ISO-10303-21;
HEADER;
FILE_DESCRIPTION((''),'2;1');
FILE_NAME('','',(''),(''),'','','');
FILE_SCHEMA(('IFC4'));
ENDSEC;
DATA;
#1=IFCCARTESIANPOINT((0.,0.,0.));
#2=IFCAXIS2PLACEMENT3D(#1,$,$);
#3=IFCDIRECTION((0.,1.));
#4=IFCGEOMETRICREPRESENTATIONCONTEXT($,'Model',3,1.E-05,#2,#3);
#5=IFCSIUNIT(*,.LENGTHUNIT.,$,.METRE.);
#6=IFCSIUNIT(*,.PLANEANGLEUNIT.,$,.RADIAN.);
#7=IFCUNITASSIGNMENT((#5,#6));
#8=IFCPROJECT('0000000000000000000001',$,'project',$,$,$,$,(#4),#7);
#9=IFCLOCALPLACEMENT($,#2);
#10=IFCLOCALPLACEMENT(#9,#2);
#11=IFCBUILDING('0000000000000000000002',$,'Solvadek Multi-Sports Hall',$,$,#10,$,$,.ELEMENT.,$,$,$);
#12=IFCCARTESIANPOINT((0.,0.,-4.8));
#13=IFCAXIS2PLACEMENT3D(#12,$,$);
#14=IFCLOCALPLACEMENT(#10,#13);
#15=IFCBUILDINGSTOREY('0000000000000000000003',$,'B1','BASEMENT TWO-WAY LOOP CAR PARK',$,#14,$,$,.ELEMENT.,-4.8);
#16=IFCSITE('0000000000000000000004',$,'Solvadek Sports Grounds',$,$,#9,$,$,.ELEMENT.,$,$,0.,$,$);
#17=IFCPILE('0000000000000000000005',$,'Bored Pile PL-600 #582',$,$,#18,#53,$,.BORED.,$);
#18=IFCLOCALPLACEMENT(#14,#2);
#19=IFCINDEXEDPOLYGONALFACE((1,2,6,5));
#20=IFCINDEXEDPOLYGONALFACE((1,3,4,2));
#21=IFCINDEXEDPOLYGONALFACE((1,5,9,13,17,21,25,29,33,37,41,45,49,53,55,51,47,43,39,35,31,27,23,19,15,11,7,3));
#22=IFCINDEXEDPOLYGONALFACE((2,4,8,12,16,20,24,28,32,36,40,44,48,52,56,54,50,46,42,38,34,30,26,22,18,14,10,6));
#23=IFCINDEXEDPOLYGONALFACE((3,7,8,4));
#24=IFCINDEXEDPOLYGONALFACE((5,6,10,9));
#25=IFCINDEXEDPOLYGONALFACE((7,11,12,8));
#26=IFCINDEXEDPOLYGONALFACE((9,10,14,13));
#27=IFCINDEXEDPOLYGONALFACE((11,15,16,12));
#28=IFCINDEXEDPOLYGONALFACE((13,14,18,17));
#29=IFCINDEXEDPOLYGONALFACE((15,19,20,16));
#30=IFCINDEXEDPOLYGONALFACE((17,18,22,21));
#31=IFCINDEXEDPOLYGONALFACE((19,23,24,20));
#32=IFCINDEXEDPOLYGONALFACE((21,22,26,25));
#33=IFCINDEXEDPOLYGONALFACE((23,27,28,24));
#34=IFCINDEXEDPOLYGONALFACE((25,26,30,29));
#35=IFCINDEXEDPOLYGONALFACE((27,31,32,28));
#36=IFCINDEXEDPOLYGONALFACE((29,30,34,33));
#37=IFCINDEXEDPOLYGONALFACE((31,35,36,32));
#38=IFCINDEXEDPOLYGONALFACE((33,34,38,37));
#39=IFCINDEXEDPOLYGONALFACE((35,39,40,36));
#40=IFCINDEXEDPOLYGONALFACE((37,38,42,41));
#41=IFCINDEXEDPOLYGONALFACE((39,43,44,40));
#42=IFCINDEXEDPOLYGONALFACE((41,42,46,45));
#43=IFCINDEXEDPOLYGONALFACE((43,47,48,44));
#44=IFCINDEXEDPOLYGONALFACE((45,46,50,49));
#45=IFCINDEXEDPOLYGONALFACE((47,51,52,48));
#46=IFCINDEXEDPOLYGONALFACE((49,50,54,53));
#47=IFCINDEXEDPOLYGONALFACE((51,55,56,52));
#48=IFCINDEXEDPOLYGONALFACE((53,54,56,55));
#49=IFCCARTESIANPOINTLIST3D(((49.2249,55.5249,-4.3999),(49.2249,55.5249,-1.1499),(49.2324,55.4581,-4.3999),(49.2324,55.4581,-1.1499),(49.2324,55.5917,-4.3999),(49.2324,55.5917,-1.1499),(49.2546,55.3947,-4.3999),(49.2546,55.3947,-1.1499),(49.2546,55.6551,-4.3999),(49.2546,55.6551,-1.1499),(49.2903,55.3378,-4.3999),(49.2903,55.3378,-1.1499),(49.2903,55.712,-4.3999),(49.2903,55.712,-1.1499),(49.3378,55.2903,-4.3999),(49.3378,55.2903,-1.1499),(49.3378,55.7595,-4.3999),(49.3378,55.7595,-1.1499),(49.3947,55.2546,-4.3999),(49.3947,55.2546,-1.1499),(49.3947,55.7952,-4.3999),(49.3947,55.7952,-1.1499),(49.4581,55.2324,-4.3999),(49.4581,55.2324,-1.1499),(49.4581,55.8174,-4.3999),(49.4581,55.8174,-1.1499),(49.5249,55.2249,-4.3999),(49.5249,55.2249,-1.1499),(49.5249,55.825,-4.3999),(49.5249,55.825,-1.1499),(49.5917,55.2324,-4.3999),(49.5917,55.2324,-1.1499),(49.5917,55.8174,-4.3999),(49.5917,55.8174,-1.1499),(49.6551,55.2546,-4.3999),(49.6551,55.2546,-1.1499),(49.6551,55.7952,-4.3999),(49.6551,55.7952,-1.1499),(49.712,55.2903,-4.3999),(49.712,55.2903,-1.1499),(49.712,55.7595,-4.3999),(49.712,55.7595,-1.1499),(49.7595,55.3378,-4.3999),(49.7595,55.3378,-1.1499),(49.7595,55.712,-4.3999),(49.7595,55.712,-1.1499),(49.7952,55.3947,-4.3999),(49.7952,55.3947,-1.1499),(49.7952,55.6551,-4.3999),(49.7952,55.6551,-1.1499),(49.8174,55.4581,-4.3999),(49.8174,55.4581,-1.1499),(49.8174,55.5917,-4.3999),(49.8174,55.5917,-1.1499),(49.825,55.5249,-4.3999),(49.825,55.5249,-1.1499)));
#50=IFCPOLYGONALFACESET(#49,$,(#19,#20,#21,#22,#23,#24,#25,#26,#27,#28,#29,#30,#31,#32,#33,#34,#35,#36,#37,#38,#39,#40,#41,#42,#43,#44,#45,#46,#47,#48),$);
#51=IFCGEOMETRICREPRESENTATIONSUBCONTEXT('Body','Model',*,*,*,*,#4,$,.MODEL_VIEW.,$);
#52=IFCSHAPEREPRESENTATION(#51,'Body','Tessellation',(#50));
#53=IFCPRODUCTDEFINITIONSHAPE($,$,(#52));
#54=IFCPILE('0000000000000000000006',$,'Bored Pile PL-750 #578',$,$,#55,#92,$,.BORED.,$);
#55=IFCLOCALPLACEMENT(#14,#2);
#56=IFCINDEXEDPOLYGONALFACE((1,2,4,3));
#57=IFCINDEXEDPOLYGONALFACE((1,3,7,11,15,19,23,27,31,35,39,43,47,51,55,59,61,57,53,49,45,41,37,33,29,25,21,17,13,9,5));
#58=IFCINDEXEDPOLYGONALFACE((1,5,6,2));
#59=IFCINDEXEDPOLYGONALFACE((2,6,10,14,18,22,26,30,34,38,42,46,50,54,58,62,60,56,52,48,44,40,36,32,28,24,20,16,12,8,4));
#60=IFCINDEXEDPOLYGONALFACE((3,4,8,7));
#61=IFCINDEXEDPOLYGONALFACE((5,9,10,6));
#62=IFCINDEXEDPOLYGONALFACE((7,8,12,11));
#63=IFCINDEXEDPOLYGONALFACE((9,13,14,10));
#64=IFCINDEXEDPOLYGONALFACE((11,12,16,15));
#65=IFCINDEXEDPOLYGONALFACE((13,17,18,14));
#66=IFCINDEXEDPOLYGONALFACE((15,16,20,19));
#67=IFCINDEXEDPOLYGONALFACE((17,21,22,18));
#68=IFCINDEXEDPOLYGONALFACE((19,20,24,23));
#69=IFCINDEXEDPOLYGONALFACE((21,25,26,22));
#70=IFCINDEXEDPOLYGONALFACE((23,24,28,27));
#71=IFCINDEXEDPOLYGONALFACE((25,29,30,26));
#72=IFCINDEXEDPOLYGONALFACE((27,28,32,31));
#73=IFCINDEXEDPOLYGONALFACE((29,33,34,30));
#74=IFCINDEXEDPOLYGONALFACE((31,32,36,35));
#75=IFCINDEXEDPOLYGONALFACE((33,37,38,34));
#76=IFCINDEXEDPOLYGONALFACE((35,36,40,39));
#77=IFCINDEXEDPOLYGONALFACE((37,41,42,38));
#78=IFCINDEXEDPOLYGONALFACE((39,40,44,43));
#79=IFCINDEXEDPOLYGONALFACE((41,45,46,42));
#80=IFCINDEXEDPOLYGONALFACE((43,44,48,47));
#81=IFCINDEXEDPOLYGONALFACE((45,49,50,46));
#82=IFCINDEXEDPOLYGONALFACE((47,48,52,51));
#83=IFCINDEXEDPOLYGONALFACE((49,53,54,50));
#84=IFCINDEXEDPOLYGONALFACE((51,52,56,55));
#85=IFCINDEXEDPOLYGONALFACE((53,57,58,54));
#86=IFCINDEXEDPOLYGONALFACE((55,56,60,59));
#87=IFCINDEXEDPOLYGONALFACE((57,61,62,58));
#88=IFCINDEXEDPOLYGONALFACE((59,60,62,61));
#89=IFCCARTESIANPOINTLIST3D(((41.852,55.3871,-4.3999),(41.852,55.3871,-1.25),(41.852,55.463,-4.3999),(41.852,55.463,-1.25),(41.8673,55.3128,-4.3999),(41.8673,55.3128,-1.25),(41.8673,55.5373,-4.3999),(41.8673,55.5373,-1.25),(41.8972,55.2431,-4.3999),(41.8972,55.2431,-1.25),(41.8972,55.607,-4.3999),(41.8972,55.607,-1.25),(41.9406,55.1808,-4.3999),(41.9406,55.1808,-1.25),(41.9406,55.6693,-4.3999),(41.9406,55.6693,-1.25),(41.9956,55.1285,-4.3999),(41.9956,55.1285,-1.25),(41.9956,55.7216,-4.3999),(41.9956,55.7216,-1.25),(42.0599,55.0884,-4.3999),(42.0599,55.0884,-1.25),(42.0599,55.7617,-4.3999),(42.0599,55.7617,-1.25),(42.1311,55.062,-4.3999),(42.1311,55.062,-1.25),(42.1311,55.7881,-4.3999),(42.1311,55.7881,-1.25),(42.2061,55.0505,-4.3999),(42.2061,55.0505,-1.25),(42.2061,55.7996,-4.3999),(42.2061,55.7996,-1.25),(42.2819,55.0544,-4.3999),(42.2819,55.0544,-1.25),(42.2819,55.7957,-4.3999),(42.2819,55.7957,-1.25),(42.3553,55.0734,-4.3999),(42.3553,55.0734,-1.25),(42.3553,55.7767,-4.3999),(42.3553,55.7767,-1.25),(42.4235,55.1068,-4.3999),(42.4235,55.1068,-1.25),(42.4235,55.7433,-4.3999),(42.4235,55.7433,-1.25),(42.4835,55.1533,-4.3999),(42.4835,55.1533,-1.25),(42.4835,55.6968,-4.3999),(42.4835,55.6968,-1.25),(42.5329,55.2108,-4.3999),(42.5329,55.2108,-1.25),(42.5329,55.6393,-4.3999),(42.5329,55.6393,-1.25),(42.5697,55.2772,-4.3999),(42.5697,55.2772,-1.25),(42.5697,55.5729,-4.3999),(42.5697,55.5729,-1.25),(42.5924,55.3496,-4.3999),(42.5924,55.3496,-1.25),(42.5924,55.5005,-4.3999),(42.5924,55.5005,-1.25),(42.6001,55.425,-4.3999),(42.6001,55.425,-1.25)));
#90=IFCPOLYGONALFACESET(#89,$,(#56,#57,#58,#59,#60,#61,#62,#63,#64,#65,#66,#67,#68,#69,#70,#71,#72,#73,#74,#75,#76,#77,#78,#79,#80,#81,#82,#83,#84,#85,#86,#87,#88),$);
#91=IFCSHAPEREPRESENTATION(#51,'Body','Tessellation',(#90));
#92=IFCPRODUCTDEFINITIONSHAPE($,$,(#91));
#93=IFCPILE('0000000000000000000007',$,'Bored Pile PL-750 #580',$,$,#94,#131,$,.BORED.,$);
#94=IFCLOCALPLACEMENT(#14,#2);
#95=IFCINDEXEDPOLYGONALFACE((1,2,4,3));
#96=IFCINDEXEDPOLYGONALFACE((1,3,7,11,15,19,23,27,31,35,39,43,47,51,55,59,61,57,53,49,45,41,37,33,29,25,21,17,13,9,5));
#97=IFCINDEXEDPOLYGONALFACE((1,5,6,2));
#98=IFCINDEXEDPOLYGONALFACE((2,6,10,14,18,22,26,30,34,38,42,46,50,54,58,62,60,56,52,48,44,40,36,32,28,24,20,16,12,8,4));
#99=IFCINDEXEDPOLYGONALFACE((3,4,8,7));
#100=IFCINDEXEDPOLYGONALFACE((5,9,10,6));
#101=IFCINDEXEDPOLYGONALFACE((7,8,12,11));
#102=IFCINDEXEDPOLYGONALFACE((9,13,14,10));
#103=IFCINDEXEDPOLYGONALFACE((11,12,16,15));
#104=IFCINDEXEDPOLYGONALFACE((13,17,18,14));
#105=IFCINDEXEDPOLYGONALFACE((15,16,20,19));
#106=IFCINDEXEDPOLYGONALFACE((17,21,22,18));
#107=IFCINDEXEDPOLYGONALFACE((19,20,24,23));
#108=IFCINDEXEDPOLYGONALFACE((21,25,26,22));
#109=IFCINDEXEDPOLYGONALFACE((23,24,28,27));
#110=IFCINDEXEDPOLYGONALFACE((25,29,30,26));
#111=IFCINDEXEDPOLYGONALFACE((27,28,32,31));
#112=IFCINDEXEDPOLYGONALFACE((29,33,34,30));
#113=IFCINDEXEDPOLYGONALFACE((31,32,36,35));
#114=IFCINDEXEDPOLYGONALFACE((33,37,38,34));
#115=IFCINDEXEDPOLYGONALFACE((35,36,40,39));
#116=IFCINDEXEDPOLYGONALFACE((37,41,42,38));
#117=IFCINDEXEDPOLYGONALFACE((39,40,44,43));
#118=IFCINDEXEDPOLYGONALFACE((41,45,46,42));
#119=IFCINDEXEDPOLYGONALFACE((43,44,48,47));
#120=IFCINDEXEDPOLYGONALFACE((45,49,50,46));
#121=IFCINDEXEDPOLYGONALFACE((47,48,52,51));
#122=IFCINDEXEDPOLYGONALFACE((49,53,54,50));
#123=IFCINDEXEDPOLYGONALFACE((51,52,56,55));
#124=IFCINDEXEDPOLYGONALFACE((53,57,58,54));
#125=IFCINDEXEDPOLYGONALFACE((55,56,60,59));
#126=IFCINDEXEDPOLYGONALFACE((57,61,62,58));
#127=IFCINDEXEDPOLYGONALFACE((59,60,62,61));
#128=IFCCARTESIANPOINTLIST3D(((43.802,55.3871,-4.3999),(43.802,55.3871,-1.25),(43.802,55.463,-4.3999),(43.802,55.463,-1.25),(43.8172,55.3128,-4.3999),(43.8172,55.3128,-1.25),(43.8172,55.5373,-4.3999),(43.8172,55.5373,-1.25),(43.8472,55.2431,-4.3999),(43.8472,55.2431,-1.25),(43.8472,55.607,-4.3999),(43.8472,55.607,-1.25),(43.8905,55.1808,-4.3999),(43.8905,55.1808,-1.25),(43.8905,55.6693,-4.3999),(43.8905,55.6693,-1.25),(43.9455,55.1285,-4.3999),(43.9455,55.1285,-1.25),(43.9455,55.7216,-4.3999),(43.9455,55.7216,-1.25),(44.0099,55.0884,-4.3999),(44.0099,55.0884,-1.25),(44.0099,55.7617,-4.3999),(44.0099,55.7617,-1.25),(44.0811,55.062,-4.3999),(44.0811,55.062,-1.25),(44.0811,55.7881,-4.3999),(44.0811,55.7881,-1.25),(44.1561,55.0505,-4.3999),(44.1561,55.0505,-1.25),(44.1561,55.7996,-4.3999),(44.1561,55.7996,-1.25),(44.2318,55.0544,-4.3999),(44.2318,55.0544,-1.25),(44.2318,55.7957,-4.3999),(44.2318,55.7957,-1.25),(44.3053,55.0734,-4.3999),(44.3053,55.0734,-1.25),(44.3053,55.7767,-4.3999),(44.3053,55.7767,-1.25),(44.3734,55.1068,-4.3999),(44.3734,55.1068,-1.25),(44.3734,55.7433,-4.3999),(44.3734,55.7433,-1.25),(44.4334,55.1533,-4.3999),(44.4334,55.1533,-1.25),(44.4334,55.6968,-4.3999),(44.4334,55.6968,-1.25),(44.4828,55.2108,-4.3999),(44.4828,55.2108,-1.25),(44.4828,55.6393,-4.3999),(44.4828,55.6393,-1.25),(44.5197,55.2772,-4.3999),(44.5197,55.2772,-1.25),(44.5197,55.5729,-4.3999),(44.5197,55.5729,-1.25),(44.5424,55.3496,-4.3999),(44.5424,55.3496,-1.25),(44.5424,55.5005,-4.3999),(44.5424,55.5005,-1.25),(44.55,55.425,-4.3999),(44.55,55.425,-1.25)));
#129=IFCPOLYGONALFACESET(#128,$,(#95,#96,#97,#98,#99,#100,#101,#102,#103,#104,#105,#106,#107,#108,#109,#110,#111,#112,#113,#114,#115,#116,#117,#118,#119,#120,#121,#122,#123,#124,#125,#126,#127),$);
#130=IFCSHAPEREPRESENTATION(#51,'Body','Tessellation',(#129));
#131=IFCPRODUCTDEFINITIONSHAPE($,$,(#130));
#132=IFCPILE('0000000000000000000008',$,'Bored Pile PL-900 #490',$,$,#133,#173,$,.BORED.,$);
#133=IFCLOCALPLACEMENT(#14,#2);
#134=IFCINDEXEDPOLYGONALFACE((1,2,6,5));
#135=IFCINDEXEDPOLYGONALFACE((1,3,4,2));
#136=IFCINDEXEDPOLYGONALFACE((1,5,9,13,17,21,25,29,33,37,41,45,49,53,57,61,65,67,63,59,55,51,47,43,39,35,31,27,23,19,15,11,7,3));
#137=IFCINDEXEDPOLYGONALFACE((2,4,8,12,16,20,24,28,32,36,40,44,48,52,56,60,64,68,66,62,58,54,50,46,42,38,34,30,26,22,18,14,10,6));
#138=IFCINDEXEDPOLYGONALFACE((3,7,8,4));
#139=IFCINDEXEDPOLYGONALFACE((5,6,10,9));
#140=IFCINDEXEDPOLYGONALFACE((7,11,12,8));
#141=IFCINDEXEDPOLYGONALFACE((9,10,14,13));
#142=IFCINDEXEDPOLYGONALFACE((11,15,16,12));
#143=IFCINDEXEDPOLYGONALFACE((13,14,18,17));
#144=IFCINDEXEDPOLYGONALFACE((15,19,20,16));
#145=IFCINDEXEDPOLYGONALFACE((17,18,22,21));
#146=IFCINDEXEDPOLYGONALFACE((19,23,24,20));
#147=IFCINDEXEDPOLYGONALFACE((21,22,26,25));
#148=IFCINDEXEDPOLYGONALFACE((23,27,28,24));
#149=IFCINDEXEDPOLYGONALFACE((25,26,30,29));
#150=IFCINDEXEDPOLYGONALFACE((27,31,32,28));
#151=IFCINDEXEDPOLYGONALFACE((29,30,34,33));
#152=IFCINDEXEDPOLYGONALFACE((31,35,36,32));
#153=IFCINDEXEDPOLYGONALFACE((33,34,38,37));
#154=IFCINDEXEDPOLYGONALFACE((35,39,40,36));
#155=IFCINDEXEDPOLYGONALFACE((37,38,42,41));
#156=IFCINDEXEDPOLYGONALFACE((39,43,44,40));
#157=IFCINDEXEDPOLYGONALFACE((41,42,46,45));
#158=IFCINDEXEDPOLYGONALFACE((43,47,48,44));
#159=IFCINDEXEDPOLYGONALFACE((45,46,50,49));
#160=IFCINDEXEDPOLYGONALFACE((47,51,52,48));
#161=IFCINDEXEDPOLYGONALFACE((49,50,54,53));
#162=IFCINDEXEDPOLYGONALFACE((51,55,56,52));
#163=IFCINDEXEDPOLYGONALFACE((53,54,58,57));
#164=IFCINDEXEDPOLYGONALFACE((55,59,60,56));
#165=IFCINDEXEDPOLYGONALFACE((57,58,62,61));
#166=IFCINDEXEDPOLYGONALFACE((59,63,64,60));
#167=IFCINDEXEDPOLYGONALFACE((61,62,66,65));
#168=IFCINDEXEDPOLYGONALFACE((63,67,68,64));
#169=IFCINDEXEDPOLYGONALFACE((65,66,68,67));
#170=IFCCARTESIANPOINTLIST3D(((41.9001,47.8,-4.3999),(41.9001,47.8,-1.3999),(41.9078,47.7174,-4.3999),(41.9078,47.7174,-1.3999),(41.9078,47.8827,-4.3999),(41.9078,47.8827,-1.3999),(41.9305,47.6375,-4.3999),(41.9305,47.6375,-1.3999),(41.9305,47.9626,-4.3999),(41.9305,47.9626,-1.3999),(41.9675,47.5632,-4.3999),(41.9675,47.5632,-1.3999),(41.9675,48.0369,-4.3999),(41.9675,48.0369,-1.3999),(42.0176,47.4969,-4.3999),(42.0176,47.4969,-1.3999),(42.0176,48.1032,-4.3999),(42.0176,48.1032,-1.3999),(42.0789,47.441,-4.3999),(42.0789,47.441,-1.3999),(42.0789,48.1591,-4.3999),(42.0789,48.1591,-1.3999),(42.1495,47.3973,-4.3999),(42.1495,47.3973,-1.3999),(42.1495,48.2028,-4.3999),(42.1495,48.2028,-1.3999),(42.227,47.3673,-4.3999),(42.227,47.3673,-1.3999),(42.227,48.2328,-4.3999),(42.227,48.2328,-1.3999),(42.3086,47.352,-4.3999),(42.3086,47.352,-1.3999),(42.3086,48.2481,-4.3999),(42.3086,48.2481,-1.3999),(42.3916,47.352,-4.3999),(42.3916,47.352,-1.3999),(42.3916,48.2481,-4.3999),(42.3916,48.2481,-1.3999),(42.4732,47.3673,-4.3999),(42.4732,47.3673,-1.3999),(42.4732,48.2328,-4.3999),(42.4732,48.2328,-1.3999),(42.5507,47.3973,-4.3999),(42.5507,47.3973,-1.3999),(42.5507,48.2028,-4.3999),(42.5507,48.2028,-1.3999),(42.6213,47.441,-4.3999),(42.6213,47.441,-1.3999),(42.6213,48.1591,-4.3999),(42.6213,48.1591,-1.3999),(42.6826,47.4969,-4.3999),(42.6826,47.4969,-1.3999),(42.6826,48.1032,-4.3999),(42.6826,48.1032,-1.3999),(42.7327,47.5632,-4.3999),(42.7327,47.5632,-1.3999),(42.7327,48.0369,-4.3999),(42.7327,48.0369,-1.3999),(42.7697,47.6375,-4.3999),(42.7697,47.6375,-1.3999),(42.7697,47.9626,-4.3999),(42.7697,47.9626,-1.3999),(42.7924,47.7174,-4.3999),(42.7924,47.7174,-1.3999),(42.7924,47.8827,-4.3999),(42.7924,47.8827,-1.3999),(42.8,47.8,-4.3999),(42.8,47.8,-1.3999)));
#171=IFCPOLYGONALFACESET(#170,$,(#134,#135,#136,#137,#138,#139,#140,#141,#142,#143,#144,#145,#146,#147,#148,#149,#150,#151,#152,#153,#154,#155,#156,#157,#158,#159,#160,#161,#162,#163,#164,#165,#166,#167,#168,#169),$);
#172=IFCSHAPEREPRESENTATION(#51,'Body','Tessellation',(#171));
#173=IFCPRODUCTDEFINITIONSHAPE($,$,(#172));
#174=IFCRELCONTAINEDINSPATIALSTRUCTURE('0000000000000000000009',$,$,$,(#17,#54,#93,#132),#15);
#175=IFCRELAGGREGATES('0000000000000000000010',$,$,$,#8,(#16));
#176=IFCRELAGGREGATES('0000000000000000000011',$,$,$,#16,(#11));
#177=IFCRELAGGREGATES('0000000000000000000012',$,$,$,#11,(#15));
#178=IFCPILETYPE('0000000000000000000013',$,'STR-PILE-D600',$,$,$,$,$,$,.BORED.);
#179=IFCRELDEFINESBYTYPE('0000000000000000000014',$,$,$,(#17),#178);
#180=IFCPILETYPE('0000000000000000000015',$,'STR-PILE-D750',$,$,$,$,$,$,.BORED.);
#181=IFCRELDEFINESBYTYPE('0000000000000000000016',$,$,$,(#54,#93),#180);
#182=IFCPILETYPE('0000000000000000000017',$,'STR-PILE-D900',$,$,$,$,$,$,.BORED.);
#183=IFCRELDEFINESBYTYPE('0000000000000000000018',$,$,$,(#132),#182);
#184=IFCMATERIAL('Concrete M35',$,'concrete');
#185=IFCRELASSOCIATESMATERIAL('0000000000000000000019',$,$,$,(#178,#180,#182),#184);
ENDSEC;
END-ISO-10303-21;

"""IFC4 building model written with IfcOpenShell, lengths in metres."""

from ifc_helpers import new_model, si_unit, direction, frame, origin, origin_2d, place, context, subcontext, project, spatial, circle, extrude, material, material_profile, profile_set, type_object, element, save


model = new_model("IFC4")

# Units and contexts
model_context = context("Model", 3, precision=1e-05, world=origin(), true_north=direction((0.0, 1.0)))
body_context = subcontext(model_context, "Body", "Model", "MODEL_VIEW")
ifc_project = project(units=[si_unit("LENGTHUNIT", "METRE"), si_unit("PLANEANGLEUNIT", "RADIAN")], contexts=[model_context])

# Site, building, storey
site_placement = place(None, origin())
site = spatial("IfcSite", under=ifc_project, at=site_placement, Name="Solvadek Sports Grounds", CompositionType="ELEMENT", RefElevation=0.0)
building_placement = place(site_placement, origin())
building = spatial("IfcBuilding", under=site, at=building_placement, Name="Solvadek Multi-Sports Hall", CompositionType="ELEMENT")
storey_placement = place(building_placement, frame((0.0, 0.0, -4.8)))
storey = spatial("IfcBuildingStorey", under=building, at=storey_placement, Name="B1", Description="BASEMENT TWO-WAY LOOP CAR PARK", CompositionType="ELEMENT", Elevation=-4.8)

# Piles
ifc_material_1 = material(Name="Concrete M35", Category="concrete")
ifc_material_profile_1 = material_profile(ifc_material_1, circle(Radius=0.3, at=origin_2d()), Name="BORED PILE D600")
ifc_profile_set_1 = profile_set([ifc_material_profile_1], Name="Concrete M35")
pile_type_1 = type_object("IfcPileType", Name="STR-PILE-D600", PredefinedType="BORED", material=ifc_profile_set_1)
for number, where, z_axis, x_axis, name in (
    (1, (49.5249, 55.5249, -1.1499), (0.0, 0.0, -1.0), (1.0, 0.0, 0.0), "Bored Pile PL-600 #582"),
):
    element("IfcPile", number, at=place(storey_placement, frame(where, z_axis=z_axis, x_axis=x_axis)), inside=storey, type_object=pile_type_1, Name=name, PredefinedType="BORED", context=body_context, shape_type="SweptSolid", body=[
        extrude(circle(Radius=0.3, at=origin_2d()), origin(), (0.0, 0.0, 1.0), 3.25),
    ])
ifc_material_profile_2 = material_profile(ifc_material_1, circle(Radius=0.375, at=origin_2d()), Name="BORED PILE D750")
ifc_profile_set_2 = profile_set([ifc_material_profile_2], Name="Concrete M35")
pile_type_2 = type_object("IfcPileType", Name="STR-PILE-D750", PredefinedType="BORED", material=ifc_profile_set_2)
for number, where, z_axis, x_axis, name in (
    (2, (42.2251, 55.425, -1.25), (0.0, 0.0, -1.0), (1.0, 0.0, 0.0), "Bored Pile PL-750 #578"),
    (3, (44.175, 55.425, -1.25), (0.0, 0.0, -1.0), (1.0, 0.0, 0.0), "Bored Pile PL-750 #580"),
):
    element("IfcPile", number, at=place(storey_placement, frame(where, z_axis=z_axis, x_axis=x_axis)), inside=storey, type_object=pile_type_2, Name=name, PredefinedType="BORED", context=body_context, shape_type="SweptSolid", body=[
        extrude(circle(Radius=0.375, at=origin_2d()), origin(), (0.0, 0.0, 1.0), 3.1499),
    ])
ifc_material_profile_3 = material_profile(ifc_material_1, circle(Radius=0.45, at=origin_2d()), Name="BORED PILE D900")
ifc_profile_set_3 = profile_set([ifc_material_profile_3], Name="Concrete M35")
pile_type_3 = type_object("IfcPileType", Name="STR-PILE-D900", PredefinedType="BORED", material=ifc_profile_set_3)
for number, where, z_axis, x_axis, name in (
    (4, (42.3501, 47.8, -1.3999), (0.0, 0.0, -1.0), (1.0, 0.0, 0.0), "Bored Pile PL-900 #490"),
):
    element("IfcPile", number, at=place(storey_placement, frame(where, z_axis=z_axis, x_axis=x_axis)), inside=storey, type_object=pile_type_3, Name=name, PredefinedType="BORED", context=body_context, shape_type="SweptSolid", body=[
        extrude(circle(Radius=0.45, at=origin_2d()), origin(), (0.0, 0.0, 1.0), 3.0),
    ])

save(model, "model.ifc")
